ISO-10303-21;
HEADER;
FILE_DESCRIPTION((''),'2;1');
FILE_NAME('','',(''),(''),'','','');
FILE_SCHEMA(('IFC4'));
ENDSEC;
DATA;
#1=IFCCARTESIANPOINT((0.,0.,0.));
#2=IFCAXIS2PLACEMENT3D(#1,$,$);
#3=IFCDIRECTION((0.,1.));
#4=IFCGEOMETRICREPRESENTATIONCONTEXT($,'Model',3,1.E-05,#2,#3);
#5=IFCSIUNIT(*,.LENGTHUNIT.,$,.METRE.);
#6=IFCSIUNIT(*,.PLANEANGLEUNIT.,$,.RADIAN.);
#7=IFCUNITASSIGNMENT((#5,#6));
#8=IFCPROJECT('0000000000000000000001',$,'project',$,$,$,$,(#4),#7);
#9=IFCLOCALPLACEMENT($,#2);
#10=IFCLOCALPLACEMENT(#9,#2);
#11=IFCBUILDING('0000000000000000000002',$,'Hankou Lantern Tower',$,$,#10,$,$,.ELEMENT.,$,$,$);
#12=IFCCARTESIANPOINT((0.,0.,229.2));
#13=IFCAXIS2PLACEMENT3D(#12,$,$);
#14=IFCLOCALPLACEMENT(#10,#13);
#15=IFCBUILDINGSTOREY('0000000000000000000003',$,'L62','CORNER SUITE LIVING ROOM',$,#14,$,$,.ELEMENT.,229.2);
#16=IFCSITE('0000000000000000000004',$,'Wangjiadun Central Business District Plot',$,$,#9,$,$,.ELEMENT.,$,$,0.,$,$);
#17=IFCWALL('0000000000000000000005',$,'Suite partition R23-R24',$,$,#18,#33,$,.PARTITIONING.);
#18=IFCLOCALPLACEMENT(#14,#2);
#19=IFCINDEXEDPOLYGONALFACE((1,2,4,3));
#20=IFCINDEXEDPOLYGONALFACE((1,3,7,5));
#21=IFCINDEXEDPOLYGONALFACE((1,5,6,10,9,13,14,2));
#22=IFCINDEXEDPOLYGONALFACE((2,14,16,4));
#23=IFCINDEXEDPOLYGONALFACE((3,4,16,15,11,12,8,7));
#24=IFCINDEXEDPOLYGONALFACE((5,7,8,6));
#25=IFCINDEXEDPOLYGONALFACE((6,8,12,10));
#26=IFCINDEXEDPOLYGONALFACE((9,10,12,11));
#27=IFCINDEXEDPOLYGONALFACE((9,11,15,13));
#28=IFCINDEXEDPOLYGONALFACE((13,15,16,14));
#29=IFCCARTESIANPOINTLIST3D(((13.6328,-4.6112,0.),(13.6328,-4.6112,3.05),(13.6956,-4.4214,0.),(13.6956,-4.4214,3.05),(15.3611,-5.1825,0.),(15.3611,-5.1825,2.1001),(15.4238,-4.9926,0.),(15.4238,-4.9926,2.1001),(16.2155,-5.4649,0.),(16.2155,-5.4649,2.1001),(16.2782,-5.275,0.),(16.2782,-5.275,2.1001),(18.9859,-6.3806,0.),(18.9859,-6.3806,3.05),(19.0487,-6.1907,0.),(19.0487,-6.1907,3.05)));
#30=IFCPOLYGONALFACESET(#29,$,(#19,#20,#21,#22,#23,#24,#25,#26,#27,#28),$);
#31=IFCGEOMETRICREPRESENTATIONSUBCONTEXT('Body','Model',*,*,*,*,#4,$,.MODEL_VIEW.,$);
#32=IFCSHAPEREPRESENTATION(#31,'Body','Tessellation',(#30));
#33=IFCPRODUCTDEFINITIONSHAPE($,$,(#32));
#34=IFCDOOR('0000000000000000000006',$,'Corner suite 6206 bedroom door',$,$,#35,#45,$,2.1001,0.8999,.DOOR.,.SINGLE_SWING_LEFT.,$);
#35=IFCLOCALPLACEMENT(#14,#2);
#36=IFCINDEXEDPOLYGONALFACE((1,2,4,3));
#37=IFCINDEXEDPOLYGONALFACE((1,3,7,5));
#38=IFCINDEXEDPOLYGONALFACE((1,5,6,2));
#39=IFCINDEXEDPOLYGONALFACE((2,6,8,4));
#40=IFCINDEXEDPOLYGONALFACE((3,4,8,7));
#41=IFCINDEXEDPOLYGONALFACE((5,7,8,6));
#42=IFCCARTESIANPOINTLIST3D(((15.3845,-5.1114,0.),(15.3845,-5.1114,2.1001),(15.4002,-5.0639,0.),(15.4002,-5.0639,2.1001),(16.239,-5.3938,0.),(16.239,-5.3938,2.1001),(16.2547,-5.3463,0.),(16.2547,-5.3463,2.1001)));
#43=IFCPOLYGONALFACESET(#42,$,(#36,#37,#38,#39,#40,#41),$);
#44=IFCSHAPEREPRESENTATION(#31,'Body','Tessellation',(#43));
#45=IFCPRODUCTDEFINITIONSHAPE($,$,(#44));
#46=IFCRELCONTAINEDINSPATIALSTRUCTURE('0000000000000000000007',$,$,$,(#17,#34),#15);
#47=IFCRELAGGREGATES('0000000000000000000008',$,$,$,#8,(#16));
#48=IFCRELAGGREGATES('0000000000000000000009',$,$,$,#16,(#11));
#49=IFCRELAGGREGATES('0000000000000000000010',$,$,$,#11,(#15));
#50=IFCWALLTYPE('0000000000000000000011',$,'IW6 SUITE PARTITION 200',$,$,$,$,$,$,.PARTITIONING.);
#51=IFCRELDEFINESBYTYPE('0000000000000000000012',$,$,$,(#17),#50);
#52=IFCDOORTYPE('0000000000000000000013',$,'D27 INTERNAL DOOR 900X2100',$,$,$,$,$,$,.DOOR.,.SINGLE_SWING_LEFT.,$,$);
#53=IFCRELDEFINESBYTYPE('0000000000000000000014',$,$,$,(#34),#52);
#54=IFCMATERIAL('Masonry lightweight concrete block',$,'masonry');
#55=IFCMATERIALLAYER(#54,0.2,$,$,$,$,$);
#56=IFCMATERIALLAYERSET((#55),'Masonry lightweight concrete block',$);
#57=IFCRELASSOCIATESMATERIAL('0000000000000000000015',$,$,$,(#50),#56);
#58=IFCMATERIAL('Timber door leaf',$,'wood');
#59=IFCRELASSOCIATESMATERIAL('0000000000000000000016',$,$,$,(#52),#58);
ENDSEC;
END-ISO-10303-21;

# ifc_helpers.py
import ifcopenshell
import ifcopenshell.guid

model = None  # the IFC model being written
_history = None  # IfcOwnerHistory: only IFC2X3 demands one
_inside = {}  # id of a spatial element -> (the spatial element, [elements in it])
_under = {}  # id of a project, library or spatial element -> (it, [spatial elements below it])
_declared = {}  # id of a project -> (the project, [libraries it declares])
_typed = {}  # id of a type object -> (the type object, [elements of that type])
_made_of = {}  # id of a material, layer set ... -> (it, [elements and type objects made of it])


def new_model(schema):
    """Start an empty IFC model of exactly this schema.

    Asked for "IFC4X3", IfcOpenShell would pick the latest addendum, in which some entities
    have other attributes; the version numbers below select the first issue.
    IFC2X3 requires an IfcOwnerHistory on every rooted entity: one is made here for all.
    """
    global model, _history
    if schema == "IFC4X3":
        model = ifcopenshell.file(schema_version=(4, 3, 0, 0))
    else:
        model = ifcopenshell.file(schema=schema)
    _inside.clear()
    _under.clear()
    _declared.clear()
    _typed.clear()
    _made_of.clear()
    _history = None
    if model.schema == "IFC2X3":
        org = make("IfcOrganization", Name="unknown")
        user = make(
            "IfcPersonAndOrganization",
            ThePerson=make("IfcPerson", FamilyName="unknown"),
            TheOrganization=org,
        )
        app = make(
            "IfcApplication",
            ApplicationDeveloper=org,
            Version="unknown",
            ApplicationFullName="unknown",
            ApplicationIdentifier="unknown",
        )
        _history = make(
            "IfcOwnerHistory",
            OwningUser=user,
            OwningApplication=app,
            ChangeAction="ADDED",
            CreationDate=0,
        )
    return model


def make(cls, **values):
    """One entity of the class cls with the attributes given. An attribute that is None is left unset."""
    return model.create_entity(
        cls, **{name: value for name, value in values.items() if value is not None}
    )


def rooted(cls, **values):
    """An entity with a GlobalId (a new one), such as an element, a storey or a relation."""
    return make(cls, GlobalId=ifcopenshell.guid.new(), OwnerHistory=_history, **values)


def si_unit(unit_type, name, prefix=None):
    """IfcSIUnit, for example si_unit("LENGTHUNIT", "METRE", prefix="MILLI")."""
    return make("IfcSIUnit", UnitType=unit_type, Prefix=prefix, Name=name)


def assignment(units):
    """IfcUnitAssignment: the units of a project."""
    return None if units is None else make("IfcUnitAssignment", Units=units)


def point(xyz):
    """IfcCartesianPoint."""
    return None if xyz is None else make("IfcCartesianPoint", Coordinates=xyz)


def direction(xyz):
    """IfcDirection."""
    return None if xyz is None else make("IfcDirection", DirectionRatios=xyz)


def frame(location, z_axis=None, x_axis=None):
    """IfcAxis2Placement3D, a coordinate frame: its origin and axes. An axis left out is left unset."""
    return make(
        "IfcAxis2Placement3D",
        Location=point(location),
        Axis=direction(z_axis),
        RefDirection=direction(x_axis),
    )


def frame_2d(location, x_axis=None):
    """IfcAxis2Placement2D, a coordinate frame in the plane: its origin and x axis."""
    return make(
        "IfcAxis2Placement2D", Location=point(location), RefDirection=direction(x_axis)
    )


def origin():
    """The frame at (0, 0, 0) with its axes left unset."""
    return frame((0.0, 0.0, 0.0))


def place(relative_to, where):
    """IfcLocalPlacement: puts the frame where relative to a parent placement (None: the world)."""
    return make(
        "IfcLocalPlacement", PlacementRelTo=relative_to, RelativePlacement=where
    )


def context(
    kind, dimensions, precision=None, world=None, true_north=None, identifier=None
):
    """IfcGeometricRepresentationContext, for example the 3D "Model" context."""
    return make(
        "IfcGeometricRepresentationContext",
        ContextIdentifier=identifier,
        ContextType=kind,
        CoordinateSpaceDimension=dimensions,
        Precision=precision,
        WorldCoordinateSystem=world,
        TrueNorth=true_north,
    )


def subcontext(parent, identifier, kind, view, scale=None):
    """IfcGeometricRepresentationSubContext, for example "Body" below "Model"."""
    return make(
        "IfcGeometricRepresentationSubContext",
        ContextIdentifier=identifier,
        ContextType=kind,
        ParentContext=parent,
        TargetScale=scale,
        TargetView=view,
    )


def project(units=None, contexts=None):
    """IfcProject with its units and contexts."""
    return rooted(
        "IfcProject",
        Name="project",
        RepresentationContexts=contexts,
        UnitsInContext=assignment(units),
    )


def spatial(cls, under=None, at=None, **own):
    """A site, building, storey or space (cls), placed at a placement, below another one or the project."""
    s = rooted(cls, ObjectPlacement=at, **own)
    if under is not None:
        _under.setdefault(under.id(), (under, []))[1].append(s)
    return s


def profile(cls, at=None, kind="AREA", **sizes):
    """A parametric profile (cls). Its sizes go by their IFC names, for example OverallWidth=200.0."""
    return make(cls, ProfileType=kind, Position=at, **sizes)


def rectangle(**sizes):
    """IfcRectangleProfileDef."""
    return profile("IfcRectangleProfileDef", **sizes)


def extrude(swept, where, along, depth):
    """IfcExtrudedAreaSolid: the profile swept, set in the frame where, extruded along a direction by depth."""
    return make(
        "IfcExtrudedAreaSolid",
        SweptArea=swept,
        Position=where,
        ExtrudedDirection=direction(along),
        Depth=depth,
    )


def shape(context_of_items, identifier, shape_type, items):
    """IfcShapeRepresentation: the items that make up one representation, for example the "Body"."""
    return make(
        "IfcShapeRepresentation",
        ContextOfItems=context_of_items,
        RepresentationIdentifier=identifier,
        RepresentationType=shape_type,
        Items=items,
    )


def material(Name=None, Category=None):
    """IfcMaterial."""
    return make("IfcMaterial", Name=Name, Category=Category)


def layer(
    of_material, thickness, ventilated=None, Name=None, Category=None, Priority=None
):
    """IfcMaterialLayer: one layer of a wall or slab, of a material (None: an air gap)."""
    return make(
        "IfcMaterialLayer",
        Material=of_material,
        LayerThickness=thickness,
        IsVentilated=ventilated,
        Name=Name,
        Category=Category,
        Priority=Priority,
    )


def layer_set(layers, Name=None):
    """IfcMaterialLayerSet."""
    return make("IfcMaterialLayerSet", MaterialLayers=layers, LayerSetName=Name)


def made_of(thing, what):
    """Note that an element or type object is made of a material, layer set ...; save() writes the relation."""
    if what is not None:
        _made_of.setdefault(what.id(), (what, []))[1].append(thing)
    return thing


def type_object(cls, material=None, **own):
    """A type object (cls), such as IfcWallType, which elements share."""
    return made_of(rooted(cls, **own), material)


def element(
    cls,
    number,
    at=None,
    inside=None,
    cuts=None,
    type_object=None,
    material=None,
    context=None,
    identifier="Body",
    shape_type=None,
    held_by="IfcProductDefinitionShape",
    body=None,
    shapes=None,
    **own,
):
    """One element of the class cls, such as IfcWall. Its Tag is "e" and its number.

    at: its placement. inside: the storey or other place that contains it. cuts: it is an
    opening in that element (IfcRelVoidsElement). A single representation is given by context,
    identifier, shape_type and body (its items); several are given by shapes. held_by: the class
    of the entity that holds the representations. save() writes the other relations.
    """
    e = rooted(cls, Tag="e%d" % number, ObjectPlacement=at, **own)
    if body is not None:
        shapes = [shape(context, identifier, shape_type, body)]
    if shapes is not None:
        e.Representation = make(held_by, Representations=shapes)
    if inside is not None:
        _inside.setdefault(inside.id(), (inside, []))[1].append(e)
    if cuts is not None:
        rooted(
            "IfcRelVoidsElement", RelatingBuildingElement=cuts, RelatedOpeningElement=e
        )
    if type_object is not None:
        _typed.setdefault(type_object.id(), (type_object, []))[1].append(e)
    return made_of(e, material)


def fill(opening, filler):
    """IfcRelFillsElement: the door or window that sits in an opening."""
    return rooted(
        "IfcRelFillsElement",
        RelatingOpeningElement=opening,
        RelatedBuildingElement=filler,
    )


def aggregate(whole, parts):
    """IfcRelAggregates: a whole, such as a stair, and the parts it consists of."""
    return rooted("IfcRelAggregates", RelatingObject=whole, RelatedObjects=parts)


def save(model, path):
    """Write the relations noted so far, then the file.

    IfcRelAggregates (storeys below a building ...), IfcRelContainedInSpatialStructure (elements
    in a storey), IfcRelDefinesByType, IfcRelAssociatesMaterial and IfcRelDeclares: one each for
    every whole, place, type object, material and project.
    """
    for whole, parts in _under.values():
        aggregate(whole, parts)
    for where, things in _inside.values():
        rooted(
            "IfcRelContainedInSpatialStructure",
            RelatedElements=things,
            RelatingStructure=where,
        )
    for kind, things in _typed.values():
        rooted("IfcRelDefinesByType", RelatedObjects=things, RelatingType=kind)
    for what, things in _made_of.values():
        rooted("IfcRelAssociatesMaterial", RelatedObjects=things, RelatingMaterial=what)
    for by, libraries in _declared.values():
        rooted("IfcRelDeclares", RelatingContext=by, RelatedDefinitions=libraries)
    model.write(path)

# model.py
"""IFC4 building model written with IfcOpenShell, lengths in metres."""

from ifc_helpers import new_model, si_unit, direction, frame, frame_2d, origin, place, context, subcontext, project, spatial, rectangle, extrude, material, layer, layer_set, type_object, element, fill, save


model = new_model("IFC4")

# Units and contexts
model_context = context("Model", 3, precision=1e-05, world=origin(), true_north=direction((0.0, 1.0)))
body_context = subcontext(model_context, "Body", "Model", "MODEL_VIEW")
ifc_project = project(units=[si_unit("LENGTHUNIT", "METRE"), si_unit("PLANEANGLEUNIT", "RADIAN")], contexts=[model_context])

# Site, building, storey
site_placement = place(None, origin())
site = spatial("IfcSite", under=ifc_project, at=site_placement, Name="Wangjiadun Central Business District Plot", CompositionType="ELEMENT", RefElevation=0.0)
building_placement = place(site_placement, origin())
building = spatial("IfcBuilding", under=site, at=building_placement, Name="Hankou Lantern Tower", CompositionType="ELEMENT")
storey_placement = place(building_placement, frame((0.0, 0.0, 229.2)))
storey = spatial("IfcBuildingStorey", under=building, at=storey_placement, Name="L62", Description="CORNER SUITE LIVING ROOM", CompositionType="ELEMENT", Elevation=229.2)

# Wall, opening, door
ifc_material_1 = material(Name="Masonry lightweight concrete block", Category="masonry")
ifc_layer_1 = layer(ifc_material_1, 0.2)
ifc_layer_set_1 = layer_set([ifc_layer_1], Name="Masonry lightweight concrete block")
wall_type_1 = type_object("IfcWallType", Name="IW6 SUITE PARTITION 200", PredefinedType="PARTITIONING", material=ifc_layer_set_1)
wall_1_placement = place(storey_placement, frame((13.6643, -4.5164, 0.0), z_axis=(0.0, 0.0, 1.0), x_axis=(0.949481, -0.313823, 0.0)))
wall_1 = element("IfcWall", 1, at=wall_1_placement, inside=storey, type_object=wall_type_1, Name="Suite partition R23-R24", PredefinedType="PARTITIONING", context=body_context, shape_type="SweptSolid", body=[
    extrude(rectangle(XDim=5.6379, YDim=0.2, at=frame_2d((2.8188, 0.0))), origin(), (0.0, 0.0, 1.0), 3.05),
])
opening_1_placement = place(wall_1_placement, frame((1.8201, 0.0, 0.0)))
opening_1 = element("IfcOpeningElement", 2, at=opening_1_placement, cuts=wall_1, PredefinedType="OPENING", context=body_context, shape_type="SweptSolid", body=[
    extrude(rectangle(XDim=0.8999, YDim=2.1001, at=frame_2d((0.45, 1.05))), frame((0.0, 0.1099, 0.0), z_axis=(0.0, -1.0, 0.0), x_axis=(1.0, 0.0, 0.0)), (0.0, 0.0, 1.0), 0.22),
])
ifc_material_2 = material(Name="Timber door leaf", Category="wood")
door_type = type_object("IfcDoorType", Name="D27 INTERNAL DOOR 900X2100", OperationType="SINGLE_SWING_LEFT", PredefinedType="DOOR", material=ifc_material_2)
door_placement = place(opening_1_placement, origin())
door = element("IfcDoor", 3, at=door_placement, inside=storey, type_object=door_type, Name="Corner suite 6206 bedroom door", OperationType="SINGLE_SWING_LEFT", OverallHeight=2.1001, OverallWidth=0.8999, PredefinedType="DOOR", context=body_context, shape_type="SweptSolid", body=[
    extrude(rectangle(XDim=0.8999, YDim=2.1001, at=frame_2d((0.45, 1.05))), frame((0.0, 0.0249, 0.0), z_axis=(0.0, -1.0, 0.0), x_axis=(1.0, 0.0, 0.0)), (0.0, 0.0, 1.0), 0.05),
])
fill(opening_1, door)

save(model, "model.ifc")
